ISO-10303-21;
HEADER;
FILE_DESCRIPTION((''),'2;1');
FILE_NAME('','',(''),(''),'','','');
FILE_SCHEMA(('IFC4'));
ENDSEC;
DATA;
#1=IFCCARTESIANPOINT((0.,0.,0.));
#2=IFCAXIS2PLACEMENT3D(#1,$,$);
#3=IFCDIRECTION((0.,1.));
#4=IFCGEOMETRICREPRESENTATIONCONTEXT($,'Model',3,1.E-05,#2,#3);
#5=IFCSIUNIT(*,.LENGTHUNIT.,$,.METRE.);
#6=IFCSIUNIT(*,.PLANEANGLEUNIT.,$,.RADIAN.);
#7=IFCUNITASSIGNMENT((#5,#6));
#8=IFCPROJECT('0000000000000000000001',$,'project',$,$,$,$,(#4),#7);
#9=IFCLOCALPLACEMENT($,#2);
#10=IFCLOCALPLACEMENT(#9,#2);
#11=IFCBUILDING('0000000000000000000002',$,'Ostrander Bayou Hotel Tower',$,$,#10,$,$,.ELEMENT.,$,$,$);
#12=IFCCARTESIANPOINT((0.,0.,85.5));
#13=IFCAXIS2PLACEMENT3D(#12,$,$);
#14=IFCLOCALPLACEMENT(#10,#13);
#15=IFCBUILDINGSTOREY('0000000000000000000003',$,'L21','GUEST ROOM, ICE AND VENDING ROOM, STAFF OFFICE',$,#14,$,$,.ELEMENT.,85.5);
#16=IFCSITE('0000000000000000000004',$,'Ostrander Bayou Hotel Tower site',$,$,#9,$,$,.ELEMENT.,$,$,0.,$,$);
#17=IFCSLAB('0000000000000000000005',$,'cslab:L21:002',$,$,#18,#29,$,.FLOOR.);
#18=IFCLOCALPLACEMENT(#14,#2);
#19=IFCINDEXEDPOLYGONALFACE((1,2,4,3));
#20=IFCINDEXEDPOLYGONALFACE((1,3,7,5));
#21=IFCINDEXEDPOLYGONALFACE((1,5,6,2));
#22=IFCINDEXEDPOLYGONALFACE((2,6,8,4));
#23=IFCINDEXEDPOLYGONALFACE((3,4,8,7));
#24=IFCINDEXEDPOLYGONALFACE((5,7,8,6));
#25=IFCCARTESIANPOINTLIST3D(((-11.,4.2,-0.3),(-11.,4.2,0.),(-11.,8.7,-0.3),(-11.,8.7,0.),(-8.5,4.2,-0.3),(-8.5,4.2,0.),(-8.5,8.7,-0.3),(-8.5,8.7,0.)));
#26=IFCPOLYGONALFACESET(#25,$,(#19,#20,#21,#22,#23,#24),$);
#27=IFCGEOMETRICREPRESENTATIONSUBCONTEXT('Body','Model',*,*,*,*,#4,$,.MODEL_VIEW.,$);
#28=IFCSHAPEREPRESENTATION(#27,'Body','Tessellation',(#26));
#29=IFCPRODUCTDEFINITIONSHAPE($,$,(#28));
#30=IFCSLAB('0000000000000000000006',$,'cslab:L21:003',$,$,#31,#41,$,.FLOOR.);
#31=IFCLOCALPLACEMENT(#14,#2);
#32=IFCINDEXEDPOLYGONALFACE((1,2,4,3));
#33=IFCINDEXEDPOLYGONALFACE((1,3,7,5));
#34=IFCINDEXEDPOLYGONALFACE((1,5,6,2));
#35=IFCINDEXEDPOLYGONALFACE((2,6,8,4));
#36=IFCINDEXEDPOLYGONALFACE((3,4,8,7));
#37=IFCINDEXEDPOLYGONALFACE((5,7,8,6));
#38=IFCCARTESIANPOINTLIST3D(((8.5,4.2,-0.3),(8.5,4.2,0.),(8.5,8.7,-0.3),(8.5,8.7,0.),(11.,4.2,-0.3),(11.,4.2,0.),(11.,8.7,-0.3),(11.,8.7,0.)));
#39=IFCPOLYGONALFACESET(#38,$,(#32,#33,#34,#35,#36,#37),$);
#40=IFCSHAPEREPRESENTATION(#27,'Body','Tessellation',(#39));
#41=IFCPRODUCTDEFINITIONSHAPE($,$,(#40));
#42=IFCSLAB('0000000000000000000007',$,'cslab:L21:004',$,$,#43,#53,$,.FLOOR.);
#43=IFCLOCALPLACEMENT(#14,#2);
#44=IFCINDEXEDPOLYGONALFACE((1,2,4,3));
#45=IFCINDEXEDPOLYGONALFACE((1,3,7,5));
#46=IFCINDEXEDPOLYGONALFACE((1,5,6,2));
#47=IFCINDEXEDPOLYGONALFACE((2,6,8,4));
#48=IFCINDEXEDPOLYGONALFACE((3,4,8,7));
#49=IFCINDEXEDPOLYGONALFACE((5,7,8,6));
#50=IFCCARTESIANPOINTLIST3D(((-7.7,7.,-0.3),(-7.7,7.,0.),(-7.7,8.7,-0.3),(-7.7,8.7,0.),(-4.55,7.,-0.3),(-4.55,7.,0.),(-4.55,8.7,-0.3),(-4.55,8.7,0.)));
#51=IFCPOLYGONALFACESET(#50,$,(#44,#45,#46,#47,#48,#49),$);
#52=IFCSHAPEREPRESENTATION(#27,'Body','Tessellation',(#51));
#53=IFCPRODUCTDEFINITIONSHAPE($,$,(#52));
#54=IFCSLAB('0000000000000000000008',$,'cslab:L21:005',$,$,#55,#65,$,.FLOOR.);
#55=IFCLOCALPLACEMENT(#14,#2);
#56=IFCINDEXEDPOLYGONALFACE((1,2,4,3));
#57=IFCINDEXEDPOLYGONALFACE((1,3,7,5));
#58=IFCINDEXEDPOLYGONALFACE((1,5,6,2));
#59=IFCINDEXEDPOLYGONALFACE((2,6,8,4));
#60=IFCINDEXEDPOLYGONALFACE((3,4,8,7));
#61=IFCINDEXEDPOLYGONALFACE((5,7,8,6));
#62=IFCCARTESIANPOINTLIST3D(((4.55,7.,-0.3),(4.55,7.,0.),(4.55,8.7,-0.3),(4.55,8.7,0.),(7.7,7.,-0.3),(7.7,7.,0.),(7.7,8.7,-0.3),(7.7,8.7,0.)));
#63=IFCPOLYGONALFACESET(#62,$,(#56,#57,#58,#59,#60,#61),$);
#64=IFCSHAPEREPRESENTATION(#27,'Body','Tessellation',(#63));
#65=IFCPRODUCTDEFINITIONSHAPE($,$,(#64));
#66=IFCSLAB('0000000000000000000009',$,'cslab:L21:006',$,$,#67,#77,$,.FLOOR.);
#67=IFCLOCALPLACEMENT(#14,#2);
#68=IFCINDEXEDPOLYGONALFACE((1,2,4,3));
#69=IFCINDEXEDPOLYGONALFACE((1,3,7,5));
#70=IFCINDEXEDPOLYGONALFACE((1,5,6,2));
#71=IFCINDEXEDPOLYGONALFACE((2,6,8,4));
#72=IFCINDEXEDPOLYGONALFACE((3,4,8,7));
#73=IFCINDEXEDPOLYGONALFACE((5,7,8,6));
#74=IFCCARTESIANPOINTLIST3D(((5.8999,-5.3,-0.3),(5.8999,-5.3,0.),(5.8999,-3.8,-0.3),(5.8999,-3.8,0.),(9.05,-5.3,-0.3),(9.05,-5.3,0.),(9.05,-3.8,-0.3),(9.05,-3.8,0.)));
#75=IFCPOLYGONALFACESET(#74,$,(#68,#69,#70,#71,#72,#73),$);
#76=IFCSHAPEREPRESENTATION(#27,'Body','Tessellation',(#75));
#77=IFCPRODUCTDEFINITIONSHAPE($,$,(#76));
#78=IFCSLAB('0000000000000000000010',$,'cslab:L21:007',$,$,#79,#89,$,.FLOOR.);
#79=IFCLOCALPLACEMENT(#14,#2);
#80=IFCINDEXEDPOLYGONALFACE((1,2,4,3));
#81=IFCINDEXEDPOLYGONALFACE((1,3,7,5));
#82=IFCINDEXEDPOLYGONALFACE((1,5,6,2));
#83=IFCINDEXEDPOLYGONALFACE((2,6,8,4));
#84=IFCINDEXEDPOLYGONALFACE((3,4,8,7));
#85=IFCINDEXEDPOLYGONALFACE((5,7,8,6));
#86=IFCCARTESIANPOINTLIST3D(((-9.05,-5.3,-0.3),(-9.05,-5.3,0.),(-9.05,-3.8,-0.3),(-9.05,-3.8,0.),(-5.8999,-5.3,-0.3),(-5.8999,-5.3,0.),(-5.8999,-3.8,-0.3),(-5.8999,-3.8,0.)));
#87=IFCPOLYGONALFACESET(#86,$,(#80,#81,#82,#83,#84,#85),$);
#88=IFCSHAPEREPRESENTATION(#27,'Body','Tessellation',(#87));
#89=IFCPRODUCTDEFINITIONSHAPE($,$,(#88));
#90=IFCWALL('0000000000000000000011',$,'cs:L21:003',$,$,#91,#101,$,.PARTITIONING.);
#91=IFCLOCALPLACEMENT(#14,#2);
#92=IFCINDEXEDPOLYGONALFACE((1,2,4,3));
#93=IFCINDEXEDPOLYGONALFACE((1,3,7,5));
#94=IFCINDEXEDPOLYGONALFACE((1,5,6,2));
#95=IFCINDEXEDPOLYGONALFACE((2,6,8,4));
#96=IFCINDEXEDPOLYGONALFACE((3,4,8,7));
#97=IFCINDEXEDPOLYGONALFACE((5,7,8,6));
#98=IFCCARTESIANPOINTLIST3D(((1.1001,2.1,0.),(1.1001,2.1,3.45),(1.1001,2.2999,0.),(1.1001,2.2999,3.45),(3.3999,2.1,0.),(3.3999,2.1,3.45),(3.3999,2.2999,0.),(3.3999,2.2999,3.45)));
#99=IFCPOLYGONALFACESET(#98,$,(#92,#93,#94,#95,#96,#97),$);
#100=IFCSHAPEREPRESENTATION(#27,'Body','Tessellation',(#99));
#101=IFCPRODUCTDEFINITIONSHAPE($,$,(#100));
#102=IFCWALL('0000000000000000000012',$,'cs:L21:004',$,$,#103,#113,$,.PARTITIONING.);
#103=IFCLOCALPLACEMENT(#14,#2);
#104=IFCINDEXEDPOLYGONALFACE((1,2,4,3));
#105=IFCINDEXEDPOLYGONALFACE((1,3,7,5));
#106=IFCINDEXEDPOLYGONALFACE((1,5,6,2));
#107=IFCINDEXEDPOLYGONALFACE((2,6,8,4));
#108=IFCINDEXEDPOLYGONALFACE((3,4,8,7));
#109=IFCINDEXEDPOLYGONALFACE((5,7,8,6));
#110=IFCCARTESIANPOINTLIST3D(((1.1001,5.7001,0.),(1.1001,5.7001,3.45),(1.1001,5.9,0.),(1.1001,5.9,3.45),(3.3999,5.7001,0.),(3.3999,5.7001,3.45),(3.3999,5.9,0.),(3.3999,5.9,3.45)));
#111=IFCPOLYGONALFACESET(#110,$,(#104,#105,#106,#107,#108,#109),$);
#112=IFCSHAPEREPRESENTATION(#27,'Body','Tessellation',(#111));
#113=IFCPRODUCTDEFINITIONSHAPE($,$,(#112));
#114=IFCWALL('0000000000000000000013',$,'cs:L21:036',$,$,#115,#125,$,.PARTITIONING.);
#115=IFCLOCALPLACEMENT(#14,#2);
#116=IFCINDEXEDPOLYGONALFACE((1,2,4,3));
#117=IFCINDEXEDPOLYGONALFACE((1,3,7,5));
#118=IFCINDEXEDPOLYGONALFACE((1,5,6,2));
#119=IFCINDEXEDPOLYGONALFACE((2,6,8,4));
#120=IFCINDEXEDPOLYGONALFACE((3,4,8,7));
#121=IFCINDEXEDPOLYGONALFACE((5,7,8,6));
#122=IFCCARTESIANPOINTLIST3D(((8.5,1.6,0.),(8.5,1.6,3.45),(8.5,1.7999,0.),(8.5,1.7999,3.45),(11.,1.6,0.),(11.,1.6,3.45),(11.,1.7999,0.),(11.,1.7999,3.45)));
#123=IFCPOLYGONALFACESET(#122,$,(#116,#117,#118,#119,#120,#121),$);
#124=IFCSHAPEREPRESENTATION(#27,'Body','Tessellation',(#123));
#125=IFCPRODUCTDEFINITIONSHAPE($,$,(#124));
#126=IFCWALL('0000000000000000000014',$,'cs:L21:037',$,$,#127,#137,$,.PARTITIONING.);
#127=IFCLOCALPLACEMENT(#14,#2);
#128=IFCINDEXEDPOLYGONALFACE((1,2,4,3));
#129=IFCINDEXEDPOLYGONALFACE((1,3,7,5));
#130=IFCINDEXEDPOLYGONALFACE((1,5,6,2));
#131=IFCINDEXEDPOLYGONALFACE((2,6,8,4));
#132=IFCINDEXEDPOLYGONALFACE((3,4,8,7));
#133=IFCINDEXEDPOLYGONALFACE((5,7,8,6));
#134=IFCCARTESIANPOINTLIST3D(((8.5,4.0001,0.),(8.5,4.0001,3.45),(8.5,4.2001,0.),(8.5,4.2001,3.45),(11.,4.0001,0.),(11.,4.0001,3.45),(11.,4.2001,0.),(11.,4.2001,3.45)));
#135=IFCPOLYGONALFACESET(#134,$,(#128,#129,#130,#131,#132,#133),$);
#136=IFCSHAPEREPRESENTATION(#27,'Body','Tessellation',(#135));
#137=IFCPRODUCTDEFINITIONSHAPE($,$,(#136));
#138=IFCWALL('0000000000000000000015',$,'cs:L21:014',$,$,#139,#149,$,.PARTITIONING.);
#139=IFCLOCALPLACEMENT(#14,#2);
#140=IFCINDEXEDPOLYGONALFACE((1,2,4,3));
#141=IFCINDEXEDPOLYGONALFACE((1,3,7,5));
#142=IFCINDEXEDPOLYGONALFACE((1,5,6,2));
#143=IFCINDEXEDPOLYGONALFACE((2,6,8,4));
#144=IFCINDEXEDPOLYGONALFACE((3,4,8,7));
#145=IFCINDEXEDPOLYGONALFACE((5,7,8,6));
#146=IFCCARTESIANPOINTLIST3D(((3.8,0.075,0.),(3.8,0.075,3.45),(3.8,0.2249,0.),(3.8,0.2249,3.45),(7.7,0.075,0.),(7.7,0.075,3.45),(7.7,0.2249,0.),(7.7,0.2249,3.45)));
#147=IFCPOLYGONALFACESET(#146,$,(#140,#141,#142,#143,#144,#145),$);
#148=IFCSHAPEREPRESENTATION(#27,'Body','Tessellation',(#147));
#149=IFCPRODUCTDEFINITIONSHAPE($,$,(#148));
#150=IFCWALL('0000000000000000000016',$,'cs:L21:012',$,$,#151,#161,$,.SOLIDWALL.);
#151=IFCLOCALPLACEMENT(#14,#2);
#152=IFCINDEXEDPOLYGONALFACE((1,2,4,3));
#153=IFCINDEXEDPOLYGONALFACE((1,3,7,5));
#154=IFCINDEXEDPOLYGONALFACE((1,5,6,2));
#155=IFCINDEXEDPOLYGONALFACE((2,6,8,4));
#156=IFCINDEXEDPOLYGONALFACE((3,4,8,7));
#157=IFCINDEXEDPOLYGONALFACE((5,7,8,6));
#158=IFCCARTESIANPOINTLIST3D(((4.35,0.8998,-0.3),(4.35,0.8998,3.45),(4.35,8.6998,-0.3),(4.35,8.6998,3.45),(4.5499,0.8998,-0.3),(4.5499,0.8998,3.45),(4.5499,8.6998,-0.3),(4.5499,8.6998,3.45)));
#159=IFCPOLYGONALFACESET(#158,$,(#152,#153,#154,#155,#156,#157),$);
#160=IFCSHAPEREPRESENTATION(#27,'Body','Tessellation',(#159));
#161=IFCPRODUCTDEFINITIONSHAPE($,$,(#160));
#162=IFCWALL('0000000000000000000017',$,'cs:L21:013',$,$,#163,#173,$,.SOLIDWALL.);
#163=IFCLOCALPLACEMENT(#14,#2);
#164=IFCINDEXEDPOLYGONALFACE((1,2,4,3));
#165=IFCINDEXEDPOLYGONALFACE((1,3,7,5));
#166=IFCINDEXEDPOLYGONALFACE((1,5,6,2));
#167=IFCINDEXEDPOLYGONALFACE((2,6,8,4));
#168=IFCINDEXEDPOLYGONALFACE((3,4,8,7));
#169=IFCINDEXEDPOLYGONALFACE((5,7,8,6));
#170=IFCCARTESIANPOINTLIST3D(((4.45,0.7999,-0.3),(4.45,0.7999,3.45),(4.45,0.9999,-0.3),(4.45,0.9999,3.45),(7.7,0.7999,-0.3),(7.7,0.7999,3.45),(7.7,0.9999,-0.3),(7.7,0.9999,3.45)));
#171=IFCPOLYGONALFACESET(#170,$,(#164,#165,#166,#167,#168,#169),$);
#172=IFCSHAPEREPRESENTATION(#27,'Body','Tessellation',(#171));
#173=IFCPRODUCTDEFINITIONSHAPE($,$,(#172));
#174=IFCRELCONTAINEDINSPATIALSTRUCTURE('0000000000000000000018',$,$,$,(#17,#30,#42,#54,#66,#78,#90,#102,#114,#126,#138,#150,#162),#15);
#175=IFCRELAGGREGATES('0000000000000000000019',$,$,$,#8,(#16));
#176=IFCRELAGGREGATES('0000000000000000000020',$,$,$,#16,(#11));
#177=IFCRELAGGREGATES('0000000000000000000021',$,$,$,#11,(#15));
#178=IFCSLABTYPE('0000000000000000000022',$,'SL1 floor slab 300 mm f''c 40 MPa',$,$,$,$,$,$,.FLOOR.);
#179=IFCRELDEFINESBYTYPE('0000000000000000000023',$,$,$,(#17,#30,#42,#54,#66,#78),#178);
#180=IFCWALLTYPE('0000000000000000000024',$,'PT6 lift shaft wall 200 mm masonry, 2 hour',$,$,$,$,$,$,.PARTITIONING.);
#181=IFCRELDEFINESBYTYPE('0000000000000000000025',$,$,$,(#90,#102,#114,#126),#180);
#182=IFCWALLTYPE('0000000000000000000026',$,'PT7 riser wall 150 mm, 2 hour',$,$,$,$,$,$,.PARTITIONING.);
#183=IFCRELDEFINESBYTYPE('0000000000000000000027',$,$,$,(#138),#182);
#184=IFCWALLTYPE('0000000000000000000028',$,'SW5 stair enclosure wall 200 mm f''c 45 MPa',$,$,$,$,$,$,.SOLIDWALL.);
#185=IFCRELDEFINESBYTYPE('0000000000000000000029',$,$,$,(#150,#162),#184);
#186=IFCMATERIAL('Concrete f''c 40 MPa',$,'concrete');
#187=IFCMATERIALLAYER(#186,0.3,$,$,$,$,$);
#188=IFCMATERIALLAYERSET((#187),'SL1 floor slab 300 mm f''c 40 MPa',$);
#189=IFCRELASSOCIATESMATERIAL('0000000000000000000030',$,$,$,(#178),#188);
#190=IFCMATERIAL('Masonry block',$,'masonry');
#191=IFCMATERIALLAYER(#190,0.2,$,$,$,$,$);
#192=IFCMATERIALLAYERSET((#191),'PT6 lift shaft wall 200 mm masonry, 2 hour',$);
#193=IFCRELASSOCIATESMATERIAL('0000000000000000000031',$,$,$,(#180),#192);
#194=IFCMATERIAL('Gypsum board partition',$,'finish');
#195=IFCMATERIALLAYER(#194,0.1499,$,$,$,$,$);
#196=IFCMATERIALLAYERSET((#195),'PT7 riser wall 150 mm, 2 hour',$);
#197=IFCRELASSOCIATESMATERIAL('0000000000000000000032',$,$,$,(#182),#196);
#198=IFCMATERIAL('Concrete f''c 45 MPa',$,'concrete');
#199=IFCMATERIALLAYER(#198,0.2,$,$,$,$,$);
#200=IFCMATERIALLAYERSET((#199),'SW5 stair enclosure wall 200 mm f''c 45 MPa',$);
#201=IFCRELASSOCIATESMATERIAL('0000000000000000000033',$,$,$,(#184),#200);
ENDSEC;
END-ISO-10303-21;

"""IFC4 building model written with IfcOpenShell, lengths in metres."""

from ifc_helpers import new_model, si_unit, direction, frame, frame_2d, origin, place, context, subcontext, project, spatial, polyline, rectangle, outline, extrude, material, layer, layer_set, type_object, element, save


model = new_model("IFC4")

# Units and contexts
model_context = context("Model", 3, precision=1e-05, world=origin(), true_north=direction((0.0, 1.0)))
body_context = subcontext(model_context, "Body", "Model", "MODEL_VIEW")
ifc_project = project(units=[si_unit("LENGTHUNIT", "METRE"), si_unit("PLANEANGLEUNIT", "RADIAN")], contexts=[model_context])

# Site, building, storey
site_placement = place(None, origin())
site = spatial("IfcSite", under=ifc_project, at=site_placement, Name="Ostrander Bayou Hotel Tower site", CompositionType="ELEMENT", RefElevation=0.0)
building_placement = place(site_placement, origin())
building = spatial("IfcBuilding", under=site, at=building_placement, Name="Ostrander Bayou Hotel Tower", CompositionType="ELEMENT")
storey_placement = place(building_placement, frame((0.0, 0.0, 85.5)))
storey = spatial("IfcBuildingStorey", under=building, at=storey_placement, Name="L21", Description="GUEST ROOM, ICE AND VENDING ROOM, STAFF OFFICE", CompositionType="ELEMENT", Elevation=85.5)

# Slabs
ifc_material_1 = material(Name="Concrete f'c 40 MPa", Category="concrete")
ifc_layer_1 = layer(ifc_material_1, 0.3)
ifc_layer_set_1 = layer_set([ifc_layer_1], Name="SL1 floor slab 300 mm f'c 40 MPa")
slab_type = type_object("IfcSlabType", Name="SL1 floor slab 300 mm f'c 40 MPa", PredefinedType="FLOOR", material=ifc_layer_set_1)
slab_1_placement = place(storey_placement, frame((0.0, 0.0, -0.3)))
element("IfcSlab", 1, at=slab_1_placement, inside=storey, type_object=slab_type, Name="cslab:L21:002", PredefinedType="FLOOR", context=body_context, shape_type="SweptSolid", body=[
    extrude(outline(polyline([(-8.5, 4.2), (-8.5, 8.7), (-11.0, 8.7), (-11.0, 4.2), (-8.5, 4.2)])), origin(), (0.0, 0.0, 1.0), 0.3),
])
slab_2_placement = place(storey_placement, frame((0.0, 0.0, -0.3)))
element("IfcSlab", 2, at=slab_2_placement, inside=storey, type_object=slab_type, Name="cslab:L21:003", PredefinedType="FLOOR", context=body_context, shape_type="SweptSolid", body=[
    extrude(outline(polyline([(11.0, 4.2), (11.0, 8.7), (8.5, 8.7), (8.5, 4.2), (11.0, 4.2)])), origin(), (0.0, 0.0, 1.0), 0.3),
])
slab_3_placement = place(storey_placement, frame((0.0, 0.0, -0.3)))
element("IfcSlab", 3, at=slab_3_placement, inside=storey, type_object=slab_type, Name="cslab:L21:004", PredefinedType="FLOOR", context=body_context, shape_type="SweptSolid", body=[
    extrude(outline(polyline([(-4.55, 7.0), (-4.55, 8.7), (-7.7, 8.7), (-7.7, 7.0), (-4.55, 7.0)])), origin(), (0.0, 0.0, 1.0), 0.3),
])
slab_4_placement = place(storey_placement, frame((0.0, 0.0, -0.3)))
element("IfcSlab", 4, at=slab_4_placement, inside=storey, type_object=slab_type, Name="cslab:L21:005", PredefinedType="FLOOR", context=body_context, shape_type="SweptSolid", body=[
    extrude(outline(polyline([(7.7, 7.0), (7.7, 8.7), (4.55, 8.7), (4.55, 7.0), (7.7, 7.0)])), origin(), (0.0, 0.0, 1.0), 0.3),
])
slab_5_placement = place(storey_placement, frame((0.0, 0.0, -0.3)))
element("IfcSlab", 5, at=slab_5_placement, inside=storey, type_object=slab_type, Name="cslab:L21:006", PredefinedType="FLOOR", context=body_context, shape_type="SweptSolid", body=[
    extrude(outline(polyline([(9.05, -5.3), (9.05, -3.8), (5.8999, -3.8), (5.8999, -5.3), (9.05, -5.3)])), origin(), (0.0, 0.0, 1.0), 0.3),
])
slab_6_placement = place(storey_placement, frame((0.0, 0.0, -0.3)))
element("IfcSlab", 6, at=slab_6_placement, inside=storey, type_object=slab_type, Name="cslab:L21:007", PredefinedType="FLOOR", context=body_context, shape_type="SweptSolid", body=[
    extrude(outline(polyline([(-5.8999, -5.3), (-5.8999, -3.8), (-9.05, -3.8), (-9.05, -5.3), (-5.8999, -5.3)])), origin(), (0.0, 0.0, 1.0), 0.3),
])

# Walls
ifc_material_2 = material(Name="Masonry block", Category="masonry")
ifc_layer_2 = layer(ifc_material_2, 0.2)
ifc_layer_set_2 = layer_set([ifc_layer_2], Name="PT6 lift shaft wall 200 mm masonry, 2 hour")
wall_type_1 = type_object("IfcWallType", Name="PT6 lift shaft wall 200 mm masonry, 2 hour", PredefinedType="PARTITIONING", material=ifc_layer_set_2)
for number, where, z_axis, x_axis, name in (
    (7, (1.1001, 2.2, 0.0), (0.0, 0.0, 1.0), (1.0, 0.0, 0.0), "cs:L21:003"),
    (8, (1.1001, 5.8, 0.0), (0.0, 0.0, 1.0), (1.0, 0.0, 0.0), "cs:L21:004"),
):
    element("IfcWall", number, at=place(storey_placement, frame(where, z_axis=z_axis, x_axis=x_axis)), inside=storey, type_object=wall_type_1, Name=name, PredefinedType="PARTITIONING", context=body_context, shape_type="SweptSolid", body=[
        extrude(rectangle(XDim=2.2998, YDim=0.2, at=frame_2d((1.1499, 0.0))), origin(), (0.0, 0.0, 1.0), 3.45),
    ])
for number, where, z_axis, x_axis, name in (
    (9, (8.5, 1.7, 0.0), (0.0, 0.0, 1.0), (1.0, 0.0, 0.0), "cs:L21:036"),
    (10, (8.5, 4.1001, 0.0), (0.0, 0.0, 1.0), (1.0, 0.0, 0.0), "cs:L21:037"),
):
    element("IfcWall", number, at=place(storey_placement, frame(where, z_axis=z_axis, x_axis=x_axis)), inside=storey, type_object=wall_type_1, Name=name, PredefinedType="PARTITIONING", context=body_context, shape_type="SweptSolid", body=[
        extrude(rectangle(XDim=2.5, YDim=0.2, at=frame_2d((1.25, 0.0))), origin(), (0.0, 0.0, 1.0), 3.45),
    ])
ifc_material_3 = material(Name="Gypsum board partition", Category="finish")
ifc_layer_3 = layer(ifc_material_3, 0.1499)
ifc_layer_set_3 = layer_set([ifc_layer_3], Name="PT7 riser wall 150 mm, 2 hour")
wall_type_2 = type_object("IfcWallType", Name="PT7 riser wall 150 mm, 2 hour", PredefinedType="PARTITIONING", material=ifc_layer_set_3)
wall_1_placement = place(storey_placement, frame((3.8, 0.1499, 0.0), z_axis=(0.0, 0.0, 1.0), x_axis=(1.0, 0.0, 0.0)))
element("IfcWall", 11, at=wall_1_placement, inside=storey, type_object=wall_type_2, Name="cs:L21:014", PredefinedType="PARTITIONING", context=body_context, shape_type="SweptSolid", body=[
    extrude(rectangle(XDim=3.8999, YDim=0.1499, at=frame_2d((1.95, 0.0))), origin(), (0.0, 0.0, 1.0), 3.45),
])
ifc_material_4 = material(Name="Concrete f'c 45 MPa", Category="concrete")
ifc_layer_4 = layer(ifc_material_4, 0.2)
ifc_layer_set_4 = layer_set([ifc_layer_4], Name="SW5 stair enclosure wall 200 mm f'c 45 MPa")
wall_type_3 = type_object("IfcWallType", Name="SW5 stair enclosure wall 200 mm f'c 45 MPa", PredefinedType="SOLIDWALL", material=ifc_layer_set_4)
wall_2_placement = place(storey_placement, frame((4.45, 0.8999, -0.3), z_axis=(0.0, 0.0, 1.0), x_axis=(0.0, 1.0, 0.0)))
element("IfcWall", 12, at=wall_2_placement, inside=storey, type_object=wall_type_3, Name="cs:L21:012", PredefinedType="SOLIDWALL", context=body_context, shape_type="SweptSolid", body=[
    extrude(rectangle(XDim=7.8, YDim=0.2, at=frame_2d((3.8999, 0.0))), origin(), (0.0, 0.0, 1.0), 3.75),
])
wall_3_placement = place(storey_placement, frame((4.45, 0.8999, -0.3), z_axis=(0.0, 0.0, 1.0), x_axis=(1.0, 0.0, 0.0)))
element("IfcWall", 13, at=wall_3_placement, inside=storey, type_object=wall_type_3, Name="cs:L21:013", PredefinedType="SOLIDWALL", context=body_context, shape_type="SweptSolid", body=[
    extrude(rectangle(XDim=3.25, YDim=0.2, at=frame_2d((1.625, 0.0))), origin(), (0.0, 0.0, 1.0), 3.75),
])

save(model, "model.ifc")
